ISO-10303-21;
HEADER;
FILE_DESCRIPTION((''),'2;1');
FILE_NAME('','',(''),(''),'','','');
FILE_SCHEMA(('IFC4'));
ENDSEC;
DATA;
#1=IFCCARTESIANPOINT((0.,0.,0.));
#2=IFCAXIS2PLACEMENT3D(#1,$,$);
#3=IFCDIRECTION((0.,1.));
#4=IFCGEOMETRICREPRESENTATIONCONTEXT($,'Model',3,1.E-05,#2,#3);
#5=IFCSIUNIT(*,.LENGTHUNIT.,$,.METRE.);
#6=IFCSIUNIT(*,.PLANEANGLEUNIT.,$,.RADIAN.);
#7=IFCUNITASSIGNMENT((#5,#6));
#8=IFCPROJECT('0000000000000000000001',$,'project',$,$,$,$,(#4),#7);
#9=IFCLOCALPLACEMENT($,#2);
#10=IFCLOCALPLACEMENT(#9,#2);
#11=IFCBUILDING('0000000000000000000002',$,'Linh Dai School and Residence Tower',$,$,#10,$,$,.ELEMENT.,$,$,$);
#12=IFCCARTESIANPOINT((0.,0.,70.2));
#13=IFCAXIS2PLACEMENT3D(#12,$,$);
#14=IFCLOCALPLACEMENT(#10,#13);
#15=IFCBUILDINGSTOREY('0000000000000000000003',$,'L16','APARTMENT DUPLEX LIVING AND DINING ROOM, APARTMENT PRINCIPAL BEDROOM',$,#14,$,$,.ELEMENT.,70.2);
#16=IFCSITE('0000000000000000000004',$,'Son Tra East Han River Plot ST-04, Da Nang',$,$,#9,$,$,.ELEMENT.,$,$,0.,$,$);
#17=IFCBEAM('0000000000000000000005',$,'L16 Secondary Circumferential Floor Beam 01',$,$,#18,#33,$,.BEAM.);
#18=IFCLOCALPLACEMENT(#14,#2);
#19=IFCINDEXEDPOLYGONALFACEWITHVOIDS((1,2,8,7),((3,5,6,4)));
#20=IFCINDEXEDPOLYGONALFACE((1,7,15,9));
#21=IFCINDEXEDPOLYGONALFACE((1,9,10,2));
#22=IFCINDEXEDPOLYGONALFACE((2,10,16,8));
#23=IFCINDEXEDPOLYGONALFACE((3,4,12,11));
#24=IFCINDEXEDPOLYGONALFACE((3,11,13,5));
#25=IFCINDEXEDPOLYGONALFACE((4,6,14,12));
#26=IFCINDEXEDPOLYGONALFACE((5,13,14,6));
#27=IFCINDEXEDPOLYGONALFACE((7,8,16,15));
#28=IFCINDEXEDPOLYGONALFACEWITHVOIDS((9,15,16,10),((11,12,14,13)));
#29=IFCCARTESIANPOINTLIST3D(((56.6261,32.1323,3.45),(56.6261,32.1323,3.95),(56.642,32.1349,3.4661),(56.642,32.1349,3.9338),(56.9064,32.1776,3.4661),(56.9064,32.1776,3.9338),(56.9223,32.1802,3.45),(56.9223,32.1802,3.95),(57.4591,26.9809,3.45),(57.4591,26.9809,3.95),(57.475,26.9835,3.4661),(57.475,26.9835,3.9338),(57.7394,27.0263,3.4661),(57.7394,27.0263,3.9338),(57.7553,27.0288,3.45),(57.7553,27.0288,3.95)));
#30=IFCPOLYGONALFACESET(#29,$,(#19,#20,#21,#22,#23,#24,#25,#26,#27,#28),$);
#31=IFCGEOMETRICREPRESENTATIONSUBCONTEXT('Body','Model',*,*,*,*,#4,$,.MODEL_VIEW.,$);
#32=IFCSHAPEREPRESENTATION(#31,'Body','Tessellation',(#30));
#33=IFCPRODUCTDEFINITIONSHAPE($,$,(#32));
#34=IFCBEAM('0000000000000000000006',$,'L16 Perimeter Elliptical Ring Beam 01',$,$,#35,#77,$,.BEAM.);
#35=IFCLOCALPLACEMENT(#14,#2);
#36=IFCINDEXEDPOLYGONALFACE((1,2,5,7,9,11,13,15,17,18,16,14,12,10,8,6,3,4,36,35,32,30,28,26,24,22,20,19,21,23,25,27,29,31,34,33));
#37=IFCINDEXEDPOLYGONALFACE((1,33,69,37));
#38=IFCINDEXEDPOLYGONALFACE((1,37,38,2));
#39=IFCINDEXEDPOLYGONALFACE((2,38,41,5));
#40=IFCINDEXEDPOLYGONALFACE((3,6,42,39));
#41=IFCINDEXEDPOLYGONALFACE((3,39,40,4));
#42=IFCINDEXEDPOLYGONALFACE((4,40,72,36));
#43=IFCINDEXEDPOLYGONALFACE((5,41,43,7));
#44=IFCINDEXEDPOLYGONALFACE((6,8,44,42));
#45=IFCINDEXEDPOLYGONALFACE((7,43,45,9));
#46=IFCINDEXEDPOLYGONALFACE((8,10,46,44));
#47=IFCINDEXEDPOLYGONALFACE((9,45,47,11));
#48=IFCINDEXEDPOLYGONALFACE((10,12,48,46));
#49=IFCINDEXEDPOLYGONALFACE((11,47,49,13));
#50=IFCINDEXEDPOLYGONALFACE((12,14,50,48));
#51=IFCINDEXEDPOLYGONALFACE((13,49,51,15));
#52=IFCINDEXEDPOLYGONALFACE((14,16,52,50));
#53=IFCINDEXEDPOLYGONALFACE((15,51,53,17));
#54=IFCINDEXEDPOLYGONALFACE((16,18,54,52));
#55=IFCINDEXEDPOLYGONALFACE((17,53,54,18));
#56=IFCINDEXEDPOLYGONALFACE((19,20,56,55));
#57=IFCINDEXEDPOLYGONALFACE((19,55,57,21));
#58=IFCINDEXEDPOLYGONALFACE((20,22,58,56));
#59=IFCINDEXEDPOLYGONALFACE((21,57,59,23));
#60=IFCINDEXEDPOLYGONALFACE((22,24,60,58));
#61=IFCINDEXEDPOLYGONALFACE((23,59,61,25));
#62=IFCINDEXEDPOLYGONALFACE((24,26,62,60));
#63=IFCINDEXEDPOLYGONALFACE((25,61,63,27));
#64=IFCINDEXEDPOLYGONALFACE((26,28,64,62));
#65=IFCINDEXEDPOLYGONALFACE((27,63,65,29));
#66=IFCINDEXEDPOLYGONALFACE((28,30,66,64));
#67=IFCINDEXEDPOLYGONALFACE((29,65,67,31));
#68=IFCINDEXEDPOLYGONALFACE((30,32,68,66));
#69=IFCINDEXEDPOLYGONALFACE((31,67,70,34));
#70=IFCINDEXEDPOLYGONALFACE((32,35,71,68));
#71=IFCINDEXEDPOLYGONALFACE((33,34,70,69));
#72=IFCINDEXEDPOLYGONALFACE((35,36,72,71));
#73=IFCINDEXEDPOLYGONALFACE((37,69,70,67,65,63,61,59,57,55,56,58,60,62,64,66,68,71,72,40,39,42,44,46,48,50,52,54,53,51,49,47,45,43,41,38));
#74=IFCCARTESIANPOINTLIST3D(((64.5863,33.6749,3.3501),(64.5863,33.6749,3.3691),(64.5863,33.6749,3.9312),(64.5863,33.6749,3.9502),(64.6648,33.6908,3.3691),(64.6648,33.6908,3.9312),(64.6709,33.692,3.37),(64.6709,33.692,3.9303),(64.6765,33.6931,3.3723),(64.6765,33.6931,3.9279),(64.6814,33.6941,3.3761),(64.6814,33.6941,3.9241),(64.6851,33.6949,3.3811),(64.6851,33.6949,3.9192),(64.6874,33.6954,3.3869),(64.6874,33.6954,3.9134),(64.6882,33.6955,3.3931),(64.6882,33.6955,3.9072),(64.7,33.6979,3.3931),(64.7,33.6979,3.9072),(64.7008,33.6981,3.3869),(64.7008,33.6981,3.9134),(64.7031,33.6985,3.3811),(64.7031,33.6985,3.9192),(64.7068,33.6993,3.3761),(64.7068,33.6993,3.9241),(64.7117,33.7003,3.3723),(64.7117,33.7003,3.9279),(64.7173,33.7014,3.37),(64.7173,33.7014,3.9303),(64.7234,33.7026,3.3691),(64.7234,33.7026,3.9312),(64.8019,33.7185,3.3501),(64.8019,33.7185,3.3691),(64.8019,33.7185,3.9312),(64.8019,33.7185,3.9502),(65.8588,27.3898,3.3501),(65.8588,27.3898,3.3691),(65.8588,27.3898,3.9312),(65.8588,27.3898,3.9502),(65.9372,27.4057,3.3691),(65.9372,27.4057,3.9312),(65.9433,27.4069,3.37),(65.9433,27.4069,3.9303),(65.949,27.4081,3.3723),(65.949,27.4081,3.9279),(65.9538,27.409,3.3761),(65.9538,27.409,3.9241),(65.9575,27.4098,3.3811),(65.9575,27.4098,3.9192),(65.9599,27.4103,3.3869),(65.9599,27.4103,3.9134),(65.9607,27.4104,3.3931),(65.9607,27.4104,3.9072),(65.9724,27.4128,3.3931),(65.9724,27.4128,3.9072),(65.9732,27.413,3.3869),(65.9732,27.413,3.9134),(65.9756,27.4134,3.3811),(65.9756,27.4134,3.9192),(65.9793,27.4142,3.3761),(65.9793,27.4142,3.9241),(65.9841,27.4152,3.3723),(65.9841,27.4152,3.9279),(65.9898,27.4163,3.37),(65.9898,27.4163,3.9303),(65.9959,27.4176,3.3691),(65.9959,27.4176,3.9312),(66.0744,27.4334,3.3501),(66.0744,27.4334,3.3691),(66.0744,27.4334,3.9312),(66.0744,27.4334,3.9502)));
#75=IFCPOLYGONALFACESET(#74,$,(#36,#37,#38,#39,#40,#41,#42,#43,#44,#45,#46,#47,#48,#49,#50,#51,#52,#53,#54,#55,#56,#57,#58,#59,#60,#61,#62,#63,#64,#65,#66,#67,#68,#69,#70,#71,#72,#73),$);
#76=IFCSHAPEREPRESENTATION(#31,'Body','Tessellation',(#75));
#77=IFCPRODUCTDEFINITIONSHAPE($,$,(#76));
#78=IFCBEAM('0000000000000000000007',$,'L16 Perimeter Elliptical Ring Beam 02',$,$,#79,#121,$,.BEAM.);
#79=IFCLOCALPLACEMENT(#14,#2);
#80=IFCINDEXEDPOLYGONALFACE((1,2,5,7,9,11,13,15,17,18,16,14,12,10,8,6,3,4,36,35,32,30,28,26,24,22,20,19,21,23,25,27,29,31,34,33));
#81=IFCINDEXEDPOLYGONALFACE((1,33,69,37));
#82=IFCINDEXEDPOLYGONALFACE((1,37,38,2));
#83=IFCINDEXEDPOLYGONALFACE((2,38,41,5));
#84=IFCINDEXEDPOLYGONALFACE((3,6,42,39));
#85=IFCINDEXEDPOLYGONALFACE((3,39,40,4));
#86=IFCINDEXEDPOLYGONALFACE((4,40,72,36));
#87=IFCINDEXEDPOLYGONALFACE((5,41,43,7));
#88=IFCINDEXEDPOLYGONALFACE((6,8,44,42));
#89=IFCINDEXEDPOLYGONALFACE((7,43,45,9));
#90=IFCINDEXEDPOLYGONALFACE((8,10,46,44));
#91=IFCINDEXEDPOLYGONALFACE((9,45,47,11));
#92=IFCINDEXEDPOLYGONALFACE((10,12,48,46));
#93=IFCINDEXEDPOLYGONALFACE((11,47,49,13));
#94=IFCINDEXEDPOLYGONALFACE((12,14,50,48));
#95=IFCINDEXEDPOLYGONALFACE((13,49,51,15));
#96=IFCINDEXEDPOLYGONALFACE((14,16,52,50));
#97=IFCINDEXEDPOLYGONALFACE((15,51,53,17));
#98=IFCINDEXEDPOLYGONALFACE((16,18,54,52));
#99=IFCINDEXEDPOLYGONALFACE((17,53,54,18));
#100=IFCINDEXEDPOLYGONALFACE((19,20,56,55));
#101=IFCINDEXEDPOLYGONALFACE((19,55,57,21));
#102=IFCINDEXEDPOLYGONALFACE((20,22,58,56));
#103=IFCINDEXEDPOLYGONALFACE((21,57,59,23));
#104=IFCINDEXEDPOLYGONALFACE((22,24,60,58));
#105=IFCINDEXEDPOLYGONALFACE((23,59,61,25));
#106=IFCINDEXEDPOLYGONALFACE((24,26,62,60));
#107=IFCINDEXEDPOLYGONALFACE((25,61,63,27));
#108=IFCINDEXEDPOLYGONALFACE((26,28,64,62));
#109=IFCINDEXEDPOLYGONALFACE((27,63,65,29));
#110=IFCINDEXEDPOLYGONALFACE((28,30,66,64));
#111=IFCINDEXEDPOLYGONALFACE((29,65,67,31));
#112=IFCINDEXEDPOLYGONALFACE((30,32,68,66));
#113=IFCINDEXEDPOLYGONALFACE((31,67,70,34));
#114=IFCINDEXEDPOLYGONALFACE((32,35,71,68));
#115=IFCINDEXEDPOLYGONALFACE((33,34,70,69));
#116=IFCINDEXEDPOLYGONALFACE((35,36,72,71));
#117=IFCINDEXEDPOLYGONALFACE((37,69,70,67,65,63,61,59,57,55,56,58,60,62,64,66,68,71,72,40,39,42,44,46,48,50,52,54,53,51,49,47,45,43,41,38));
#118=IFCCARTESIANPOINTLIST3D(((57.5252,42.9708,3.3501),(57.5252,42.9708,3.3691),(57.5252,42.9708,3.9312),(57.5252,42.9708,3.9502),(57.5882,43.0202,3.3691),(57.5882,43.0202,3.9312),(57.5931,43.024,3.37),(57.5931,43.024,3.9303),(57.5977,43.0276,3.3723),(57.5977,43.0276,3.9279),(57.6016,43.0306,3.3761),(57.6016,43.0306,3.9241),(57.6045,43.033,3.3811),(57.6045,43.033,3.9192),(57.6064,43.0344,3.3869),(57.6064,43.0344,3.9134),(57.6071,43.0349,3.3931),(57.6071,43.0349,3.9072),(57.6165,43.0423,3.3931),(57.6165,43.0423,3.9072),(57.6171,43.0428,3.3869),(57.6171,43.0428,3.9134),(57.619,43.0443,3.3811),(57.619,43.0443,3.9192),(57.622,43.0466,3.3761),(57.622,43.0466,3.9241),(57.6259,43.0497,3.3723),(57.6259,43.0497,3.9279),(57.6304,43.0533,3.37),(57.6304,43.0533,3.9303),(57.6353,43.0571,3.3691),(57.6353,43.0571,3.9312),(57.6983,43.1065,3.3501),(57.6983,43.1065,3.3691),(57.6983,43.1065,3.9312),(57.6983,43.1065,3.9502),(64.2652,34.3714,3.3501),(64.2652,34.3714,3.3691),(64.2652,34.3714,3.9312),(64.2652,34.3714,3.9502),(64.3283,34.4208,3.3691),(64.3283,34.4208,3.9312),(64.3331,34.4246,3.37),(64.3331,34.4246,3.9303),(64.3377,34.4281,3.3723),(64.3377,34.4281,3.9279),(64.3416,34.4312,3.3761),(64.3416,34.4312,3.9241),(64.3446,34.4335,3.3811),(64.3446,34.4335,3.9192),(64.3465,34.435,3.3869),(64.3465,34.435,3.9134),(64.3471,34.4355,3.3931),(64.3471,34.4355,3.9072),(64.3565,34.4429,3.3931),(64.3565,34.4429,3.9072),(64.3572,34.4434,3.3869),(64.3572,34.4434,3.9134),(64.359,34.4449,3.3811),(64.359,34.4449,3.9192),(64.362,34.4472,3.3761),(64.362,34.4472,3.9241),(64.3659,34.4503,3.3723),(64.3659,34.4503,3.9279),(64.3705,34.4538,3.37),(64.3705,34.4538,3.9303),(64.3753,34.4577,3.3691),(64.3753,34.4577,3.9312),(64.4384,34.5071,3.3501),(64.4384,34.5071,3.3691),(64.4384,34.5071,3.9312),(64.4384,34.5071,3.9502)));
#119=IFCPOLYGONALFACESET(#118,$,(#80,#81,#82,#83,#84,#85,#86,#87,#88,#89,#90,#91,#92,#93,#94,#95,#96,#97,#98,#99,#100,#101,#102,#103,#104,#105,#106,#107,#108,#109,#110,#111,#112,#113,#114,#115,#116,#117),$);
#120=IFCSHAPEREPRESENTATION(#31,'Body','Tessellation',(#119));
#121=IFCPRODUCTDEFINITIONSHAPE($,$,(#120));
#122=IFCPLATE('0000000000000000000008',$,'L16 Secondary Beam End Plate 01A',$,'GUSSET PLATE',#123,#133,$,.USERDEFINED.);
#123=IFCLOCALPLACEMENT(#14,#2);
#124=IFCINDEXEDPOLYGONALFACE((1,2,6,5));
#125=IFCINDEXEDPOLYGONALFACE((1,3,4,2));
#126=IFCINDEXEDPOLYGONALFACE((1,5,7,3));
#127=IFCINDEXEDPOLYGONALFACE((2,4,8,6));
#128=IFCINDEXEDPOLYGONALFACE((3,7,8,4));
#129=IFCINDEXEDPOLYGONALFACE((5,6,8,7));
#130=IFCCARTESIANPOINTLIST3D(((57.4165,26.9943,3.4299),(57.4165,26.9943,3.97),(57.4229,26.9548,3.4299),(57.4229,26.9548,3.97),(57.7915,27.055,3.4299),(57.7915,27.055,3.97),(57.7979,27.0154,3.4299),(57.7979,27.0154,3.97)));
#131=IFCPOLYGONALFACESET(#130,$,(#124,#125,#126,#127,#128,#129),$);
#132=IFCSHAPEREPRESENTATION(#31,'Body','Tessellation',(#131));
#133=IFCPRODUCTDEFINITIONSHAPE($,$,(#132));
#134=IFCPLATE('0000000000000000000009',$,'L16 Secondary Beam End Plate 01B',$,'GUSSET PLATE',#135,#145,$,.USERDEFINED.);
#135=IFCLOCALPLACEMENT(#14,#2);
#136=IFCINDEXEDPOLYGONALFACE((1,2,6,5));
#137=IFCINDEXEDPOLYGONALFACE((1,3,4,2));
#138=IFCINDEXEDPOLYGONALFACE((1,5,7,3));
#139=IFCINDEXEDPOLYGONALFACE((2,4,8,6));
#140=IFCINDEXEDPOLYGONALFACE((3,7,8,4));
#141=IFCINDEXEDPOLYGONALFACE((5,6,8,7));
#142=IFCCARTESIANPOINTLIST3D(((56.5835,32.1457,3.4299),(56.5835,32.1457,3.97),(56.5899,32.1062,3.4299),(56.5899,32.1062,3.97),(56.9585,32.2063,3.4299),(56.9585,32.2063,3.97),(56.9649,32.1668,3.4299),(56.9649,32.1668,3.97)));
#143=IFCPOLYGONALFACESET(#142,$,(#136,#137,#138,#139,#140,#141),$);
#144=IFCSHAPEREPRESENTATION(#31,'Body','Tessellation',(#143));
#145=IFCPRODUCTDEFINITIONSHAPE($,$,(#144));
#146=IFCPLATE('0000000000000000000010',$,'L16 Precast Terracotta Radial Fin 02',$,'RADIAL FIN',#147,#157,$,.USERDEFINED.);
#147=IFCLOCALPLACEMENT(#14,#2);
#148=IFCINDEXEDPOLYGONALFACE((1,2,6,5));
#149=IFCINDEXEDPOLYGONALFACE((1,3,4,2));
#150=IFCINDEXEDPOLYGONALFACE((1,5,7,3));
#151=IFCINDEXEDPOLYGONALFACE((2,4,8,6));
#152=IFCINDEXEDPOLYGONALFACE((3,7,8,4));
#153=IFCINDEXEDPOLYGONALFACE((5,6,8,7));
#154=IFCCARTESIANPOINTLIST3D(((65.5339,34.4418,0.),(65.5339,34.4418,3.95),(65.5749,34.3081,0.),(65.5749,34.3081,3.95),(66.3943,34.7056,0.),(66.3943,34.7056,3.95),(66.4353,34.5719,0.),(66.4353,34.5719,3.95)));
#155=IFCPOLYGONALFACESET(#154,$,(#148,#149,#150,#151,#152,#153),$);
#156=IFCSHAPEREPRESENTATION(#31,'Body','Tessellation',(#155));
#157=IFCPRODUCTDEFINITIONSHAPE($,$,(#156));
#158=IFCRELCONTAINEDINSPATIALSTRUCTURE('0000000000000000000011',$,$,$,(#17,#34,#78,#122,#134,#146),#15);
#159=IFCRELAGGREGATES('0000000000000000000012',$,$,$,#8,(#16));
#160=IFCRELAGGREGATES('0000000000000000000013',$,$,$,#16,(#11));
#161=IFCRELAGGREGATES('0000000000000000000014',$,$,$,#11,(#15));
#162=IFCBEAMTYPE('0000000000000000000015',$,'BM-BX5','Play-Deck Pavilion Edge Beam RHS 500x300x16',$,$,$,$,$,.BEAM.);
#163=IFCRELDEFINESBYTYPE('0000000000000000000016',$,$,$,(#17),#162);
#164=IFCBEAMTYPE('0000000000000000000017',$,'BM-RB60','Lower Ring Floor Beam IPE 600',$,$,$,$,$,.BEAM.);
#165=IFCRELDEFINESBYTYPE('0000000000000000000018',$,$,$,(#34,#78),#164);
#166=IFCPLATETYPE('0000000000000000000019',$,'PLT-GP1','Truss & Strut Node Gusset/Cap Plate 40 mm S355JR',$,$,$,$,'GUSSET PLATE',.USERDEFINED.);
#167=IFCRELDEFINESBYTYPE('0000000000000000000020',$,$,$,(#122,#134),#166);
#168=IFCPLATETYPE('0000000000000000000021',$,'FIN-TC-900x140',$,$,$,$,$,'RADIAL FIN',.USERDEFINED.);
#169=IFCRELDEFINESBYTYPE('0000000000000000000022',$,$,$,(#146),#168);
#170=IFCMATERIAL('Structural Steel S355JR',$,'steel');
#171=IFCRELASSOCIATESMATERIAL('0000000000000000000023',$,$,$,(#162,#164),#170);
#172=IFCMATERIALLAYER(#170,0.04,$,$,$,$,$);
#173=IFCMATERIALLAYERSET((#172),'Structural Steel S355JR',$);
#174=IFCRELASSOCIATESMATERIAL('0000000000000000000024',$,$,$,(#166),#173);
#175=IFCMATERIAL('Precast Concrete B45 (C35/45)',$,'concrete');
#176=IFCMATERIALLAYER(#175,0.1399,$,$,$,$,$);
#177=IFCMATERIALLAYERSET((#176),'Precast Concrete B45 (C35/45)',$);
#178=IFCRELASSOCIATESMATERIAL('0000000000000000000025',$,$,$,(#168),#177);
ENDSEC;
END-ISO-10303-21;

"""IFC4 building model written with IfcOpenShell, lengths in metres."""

from ifc_helpers import new_model, si_unit, direction, frame, origin, origin_2d, place, context, subcontext, project, spatial, rectangle, hollow_rectangle, i_section, extrude, source, transform, mapped, material, layer, layer_set, material_profile, profile_set, type_object, element, save


model = new_model("IFC4")

# Units and contexts
model_context = context("Model", 3, precision=1e-05, world=origin(), true_north=direction((0.0, 1.0)))
body_context = subcontext(model_context, "Body", "Model", "MODEL_VIEW")
ifc_project = project(units=[si_unit("LENGTHUNIT", "METRE"), si_unit("PLANEANGLEUNIT", "RADIAN")], contexts=[model_context])

# Site, building, storey
site_placement = place(None, origin())
site = spatial("IfcSite", under=ifc_project, at=site_placement, Name="Son Tra East Han River Plot ST-04, Da Nang", CompositionType="ELEMENT", RefElevation=0.0)
building_placement = place(site_placement, origin())
building = spatial("IfcBuilding", under=site, at=building_placement, Name="Linh Dai School and Residence Tower", CompositionType="ELEMENT")
storey_placement = place(building_placement, frame((0.0, 0.0, 70.2)))
storey = spatial("IfcBuildingStorey", under=building, at=storey_placement, Name="L16", Description="APARTMENT DUPLEX LIVING AND DINING ROOM, APARTMENT PRINCIPAL BEDROOM", CompositionType="ELEMENT", Elevation=70.2)

# Shared definitions
ifc_material_1 = material(Name="Structural Steel S355JR", Category="steel")

# Beams
ifc_material_profile_1 = material_profile(ifc_material_1, hollow_rectangle(XDim=0.3, YDim=0.5, WallThickness=0.0161, at=origin_2d()), Name="RHS 500x300x16")
ifc_profile_set_1 = profile_set([ifc_material_profile_1], Name="Structural Steel S355JR")
beam_type_1 = type_object("IfcBeamType", Name="BM-BX5", Description="Play-Deck Pavilion Edge Beam RHS 500x300x16", PredefinedType="BEAM", material=ifc_profile_set_1)
beam_1_placement = place(storey_placement, frame((57.6072, 27.0049, 3.7), z_axis=(-0.159633, 0.987177, 0.0), x_axis=(-0.987177, -0.159633, 0.0)))
element("IfcBeam", 1, at=beam_1_placement, inside=storey, type_object=beam_type_1, Name="L16 Secondary Circumferential Floor Beam 01", PredefinedType="BEAM", context=body_context, shape_type="SweptSolid", body=[
    extrude(hollow_rectangle(XDim=0.3, YDim=0.5, WallThickness=0.0161, at=origin_2d()), origin(), (0.0, 0.0, 1.0), 5.2183),
])
ifc_material_profile_2 = material_profile(ifc_material_1, i_section(OverallWidth=0.22, OverallDepth=0.6001, WebThickness=0.012, FlangeThickness=0.019, FilletRadius=0.0239, at=origin_2d()), Name="IPE 600")
ifc_profile_set_2 = profile_set([ifc_material_profile_2], Name="Structural Steel S355JR")
beam_type_2 = type_object("IfcBeamType", Name="BM-RB60", Description="Lower Ring Floor Beam IPE 600", PredefinedType="BEAM", material=ifc_profile_set_2)
beam_2_placement = place(storey_placement, frame((65.9666, 27.4116, 3.6501), z_axis=(-0.198429, 0.980115, 0.0), x_axis=(-0.980115, -0.198429, 0.0)))
element("IfcBeam", 2, at=beam_2_placement, inside=storey, type_object=beam_type_2, Name="L16 Perimeter Elliptical Ring Beam 01", PredefinedType="BEAM", context=body_context, shape_type="SweptSolid", body=[
    extrude(i_section(OverallWidth=0.22, OverallDepth=0.6001, WebThickness=0.012, FlangeThickness=0.019, FilletRadius=0.0239, at=origin_2d()), origin(), (0.0, 0.0, 1.0), 6.4126),
])
beam_3_placement = place(storey_placement, frame((64.3518, 34.4392, 3.6501), z_axis=(-0.616879, 0.787058, 0.0), x_axis=(-0.787058, -0.616879, 0.0)))
element("IfcBeam", 3, at=beam_3_placement, inside=storey, type_object=beam_type_2, Name="L16 Perimeter Elliptical Ring Beam 02", PredefinedType="BEAM", context=body_context, shape_type="SweptSolid", body=[
    extrude(i_section(OverallWidth=0.22, OverallDepth=0.6001, WebThickness=0.012, FlangeThickness=0.019, FilletRadius=0.0239, at=origin_2d()), origin(), (0.0, 0.0, 1.0), 10.926),
])

# Plates
ifc_layer_1 = layer(ifc_material_1, 0.04)
ifc_layer_set_1 = layer_set([ifc_layer_1], Name="Structural Steel S355JR")
plate_type_1 = type_object("IfcPlateType", Name="PLT-GP1", Description="Truss & Strut Node Gusset/Cap Plate 40 mm S355JR", ElementType="GUSSET PLATE", PredefinedType="USERDEFINED", material=ifc_layer_set_1)
shared_shape_1 = source(origin(), body_context, "Body", "SweptSolid", [
    extrude(rectangle(XDim=0.04, YDim=0.3799, at=origin_2d()), origin(), (0.0, 0.0, 1.0), 0.54),
])
for number, where, z_axis, x_axis, name in (
    (4, (57.6072, 27.0049, 3.4299), (0.0, 0.0, 1.0), (-0.159659, 0.987172, 0.0), "L16 Secondary Beam End Plate 01A"),
    (5, (56.7742, 32.1562, 3.4299), (0.0, 0.0, 1.0), (-0.159659, 0.987172, 0.0), "L16 Secondary Beam End Plate 01B"),
):
    element("IfcPlate", number, at=place(storey_placement, frame(where, z_axis=z_axis, x_axis=x_axis)), inside=storey, type_object=plate_type_1, Name=name, ObjectType="GUSSET PLATE", PredefinedType="USERDEFINED", context=body_context, shape_type="MappedRepresentation", body=[
        mapped(shared_shape_1, transform((0.0, 0.0, 0.0), x_axis=(1.0, 0.0, 0.0), y_axis=(0.0, 1.0, 0.0), z_axis=(0.0, 0.0, 1.0), scale=1.0)),
    ])
ifc_material_2 = material(Name="Precast Concrete B45 (C35/45)", Category="concrete")
ifc_layer_2 = layer(ifc_material_2, 0.1399)
ifc_layer_set_2 = layer_set([ifc_layer_2], Name="Precast Concrete B45 (C35/45)")
plate_type_2 = type_object("IfcPlateType", Name="FIN-TC-900x140", ElementType="RADIAL FIN", PredefinedType="USERDEFINED", material=ifc_layer_set_2)
shared_shape_2 = source(origin(), body_context, "Body", "SweptSolid", [
    extrude(rectangle(XDim=0.8999, YDim=0.1399, at=origin_2d()), origin(), (0.0, 0.0, 1.0), 3.95),
])
plate_placement = place(storey_placement, frame((65.9846, 34.5068, 0.0), z_axis=(0.0, 0.0, 1.0), x_axis=(0.956068, 0.293146, 0.0)))
element("IfcPlate", 6, at=plate_placement, inside=storey, type_object=plate_type_2, Name="L16 Precast Terracotta Radial Fin 02", ObjectType="RADIAL FIN", PredefinedType="USERDEFINED", context=body_context, shape_type="MappedRepresentation", body=[
    mapped(shared_shape_2, transform((0.0, 0.0, 0.0), x_axis=(1.0, 0.0, 0.0), y_axis=(0.0, 1.0, 0.0), z_axis=(0.0, 0.0, 1.0), scale=1.0)),
])

save(model, "model.ifc")
